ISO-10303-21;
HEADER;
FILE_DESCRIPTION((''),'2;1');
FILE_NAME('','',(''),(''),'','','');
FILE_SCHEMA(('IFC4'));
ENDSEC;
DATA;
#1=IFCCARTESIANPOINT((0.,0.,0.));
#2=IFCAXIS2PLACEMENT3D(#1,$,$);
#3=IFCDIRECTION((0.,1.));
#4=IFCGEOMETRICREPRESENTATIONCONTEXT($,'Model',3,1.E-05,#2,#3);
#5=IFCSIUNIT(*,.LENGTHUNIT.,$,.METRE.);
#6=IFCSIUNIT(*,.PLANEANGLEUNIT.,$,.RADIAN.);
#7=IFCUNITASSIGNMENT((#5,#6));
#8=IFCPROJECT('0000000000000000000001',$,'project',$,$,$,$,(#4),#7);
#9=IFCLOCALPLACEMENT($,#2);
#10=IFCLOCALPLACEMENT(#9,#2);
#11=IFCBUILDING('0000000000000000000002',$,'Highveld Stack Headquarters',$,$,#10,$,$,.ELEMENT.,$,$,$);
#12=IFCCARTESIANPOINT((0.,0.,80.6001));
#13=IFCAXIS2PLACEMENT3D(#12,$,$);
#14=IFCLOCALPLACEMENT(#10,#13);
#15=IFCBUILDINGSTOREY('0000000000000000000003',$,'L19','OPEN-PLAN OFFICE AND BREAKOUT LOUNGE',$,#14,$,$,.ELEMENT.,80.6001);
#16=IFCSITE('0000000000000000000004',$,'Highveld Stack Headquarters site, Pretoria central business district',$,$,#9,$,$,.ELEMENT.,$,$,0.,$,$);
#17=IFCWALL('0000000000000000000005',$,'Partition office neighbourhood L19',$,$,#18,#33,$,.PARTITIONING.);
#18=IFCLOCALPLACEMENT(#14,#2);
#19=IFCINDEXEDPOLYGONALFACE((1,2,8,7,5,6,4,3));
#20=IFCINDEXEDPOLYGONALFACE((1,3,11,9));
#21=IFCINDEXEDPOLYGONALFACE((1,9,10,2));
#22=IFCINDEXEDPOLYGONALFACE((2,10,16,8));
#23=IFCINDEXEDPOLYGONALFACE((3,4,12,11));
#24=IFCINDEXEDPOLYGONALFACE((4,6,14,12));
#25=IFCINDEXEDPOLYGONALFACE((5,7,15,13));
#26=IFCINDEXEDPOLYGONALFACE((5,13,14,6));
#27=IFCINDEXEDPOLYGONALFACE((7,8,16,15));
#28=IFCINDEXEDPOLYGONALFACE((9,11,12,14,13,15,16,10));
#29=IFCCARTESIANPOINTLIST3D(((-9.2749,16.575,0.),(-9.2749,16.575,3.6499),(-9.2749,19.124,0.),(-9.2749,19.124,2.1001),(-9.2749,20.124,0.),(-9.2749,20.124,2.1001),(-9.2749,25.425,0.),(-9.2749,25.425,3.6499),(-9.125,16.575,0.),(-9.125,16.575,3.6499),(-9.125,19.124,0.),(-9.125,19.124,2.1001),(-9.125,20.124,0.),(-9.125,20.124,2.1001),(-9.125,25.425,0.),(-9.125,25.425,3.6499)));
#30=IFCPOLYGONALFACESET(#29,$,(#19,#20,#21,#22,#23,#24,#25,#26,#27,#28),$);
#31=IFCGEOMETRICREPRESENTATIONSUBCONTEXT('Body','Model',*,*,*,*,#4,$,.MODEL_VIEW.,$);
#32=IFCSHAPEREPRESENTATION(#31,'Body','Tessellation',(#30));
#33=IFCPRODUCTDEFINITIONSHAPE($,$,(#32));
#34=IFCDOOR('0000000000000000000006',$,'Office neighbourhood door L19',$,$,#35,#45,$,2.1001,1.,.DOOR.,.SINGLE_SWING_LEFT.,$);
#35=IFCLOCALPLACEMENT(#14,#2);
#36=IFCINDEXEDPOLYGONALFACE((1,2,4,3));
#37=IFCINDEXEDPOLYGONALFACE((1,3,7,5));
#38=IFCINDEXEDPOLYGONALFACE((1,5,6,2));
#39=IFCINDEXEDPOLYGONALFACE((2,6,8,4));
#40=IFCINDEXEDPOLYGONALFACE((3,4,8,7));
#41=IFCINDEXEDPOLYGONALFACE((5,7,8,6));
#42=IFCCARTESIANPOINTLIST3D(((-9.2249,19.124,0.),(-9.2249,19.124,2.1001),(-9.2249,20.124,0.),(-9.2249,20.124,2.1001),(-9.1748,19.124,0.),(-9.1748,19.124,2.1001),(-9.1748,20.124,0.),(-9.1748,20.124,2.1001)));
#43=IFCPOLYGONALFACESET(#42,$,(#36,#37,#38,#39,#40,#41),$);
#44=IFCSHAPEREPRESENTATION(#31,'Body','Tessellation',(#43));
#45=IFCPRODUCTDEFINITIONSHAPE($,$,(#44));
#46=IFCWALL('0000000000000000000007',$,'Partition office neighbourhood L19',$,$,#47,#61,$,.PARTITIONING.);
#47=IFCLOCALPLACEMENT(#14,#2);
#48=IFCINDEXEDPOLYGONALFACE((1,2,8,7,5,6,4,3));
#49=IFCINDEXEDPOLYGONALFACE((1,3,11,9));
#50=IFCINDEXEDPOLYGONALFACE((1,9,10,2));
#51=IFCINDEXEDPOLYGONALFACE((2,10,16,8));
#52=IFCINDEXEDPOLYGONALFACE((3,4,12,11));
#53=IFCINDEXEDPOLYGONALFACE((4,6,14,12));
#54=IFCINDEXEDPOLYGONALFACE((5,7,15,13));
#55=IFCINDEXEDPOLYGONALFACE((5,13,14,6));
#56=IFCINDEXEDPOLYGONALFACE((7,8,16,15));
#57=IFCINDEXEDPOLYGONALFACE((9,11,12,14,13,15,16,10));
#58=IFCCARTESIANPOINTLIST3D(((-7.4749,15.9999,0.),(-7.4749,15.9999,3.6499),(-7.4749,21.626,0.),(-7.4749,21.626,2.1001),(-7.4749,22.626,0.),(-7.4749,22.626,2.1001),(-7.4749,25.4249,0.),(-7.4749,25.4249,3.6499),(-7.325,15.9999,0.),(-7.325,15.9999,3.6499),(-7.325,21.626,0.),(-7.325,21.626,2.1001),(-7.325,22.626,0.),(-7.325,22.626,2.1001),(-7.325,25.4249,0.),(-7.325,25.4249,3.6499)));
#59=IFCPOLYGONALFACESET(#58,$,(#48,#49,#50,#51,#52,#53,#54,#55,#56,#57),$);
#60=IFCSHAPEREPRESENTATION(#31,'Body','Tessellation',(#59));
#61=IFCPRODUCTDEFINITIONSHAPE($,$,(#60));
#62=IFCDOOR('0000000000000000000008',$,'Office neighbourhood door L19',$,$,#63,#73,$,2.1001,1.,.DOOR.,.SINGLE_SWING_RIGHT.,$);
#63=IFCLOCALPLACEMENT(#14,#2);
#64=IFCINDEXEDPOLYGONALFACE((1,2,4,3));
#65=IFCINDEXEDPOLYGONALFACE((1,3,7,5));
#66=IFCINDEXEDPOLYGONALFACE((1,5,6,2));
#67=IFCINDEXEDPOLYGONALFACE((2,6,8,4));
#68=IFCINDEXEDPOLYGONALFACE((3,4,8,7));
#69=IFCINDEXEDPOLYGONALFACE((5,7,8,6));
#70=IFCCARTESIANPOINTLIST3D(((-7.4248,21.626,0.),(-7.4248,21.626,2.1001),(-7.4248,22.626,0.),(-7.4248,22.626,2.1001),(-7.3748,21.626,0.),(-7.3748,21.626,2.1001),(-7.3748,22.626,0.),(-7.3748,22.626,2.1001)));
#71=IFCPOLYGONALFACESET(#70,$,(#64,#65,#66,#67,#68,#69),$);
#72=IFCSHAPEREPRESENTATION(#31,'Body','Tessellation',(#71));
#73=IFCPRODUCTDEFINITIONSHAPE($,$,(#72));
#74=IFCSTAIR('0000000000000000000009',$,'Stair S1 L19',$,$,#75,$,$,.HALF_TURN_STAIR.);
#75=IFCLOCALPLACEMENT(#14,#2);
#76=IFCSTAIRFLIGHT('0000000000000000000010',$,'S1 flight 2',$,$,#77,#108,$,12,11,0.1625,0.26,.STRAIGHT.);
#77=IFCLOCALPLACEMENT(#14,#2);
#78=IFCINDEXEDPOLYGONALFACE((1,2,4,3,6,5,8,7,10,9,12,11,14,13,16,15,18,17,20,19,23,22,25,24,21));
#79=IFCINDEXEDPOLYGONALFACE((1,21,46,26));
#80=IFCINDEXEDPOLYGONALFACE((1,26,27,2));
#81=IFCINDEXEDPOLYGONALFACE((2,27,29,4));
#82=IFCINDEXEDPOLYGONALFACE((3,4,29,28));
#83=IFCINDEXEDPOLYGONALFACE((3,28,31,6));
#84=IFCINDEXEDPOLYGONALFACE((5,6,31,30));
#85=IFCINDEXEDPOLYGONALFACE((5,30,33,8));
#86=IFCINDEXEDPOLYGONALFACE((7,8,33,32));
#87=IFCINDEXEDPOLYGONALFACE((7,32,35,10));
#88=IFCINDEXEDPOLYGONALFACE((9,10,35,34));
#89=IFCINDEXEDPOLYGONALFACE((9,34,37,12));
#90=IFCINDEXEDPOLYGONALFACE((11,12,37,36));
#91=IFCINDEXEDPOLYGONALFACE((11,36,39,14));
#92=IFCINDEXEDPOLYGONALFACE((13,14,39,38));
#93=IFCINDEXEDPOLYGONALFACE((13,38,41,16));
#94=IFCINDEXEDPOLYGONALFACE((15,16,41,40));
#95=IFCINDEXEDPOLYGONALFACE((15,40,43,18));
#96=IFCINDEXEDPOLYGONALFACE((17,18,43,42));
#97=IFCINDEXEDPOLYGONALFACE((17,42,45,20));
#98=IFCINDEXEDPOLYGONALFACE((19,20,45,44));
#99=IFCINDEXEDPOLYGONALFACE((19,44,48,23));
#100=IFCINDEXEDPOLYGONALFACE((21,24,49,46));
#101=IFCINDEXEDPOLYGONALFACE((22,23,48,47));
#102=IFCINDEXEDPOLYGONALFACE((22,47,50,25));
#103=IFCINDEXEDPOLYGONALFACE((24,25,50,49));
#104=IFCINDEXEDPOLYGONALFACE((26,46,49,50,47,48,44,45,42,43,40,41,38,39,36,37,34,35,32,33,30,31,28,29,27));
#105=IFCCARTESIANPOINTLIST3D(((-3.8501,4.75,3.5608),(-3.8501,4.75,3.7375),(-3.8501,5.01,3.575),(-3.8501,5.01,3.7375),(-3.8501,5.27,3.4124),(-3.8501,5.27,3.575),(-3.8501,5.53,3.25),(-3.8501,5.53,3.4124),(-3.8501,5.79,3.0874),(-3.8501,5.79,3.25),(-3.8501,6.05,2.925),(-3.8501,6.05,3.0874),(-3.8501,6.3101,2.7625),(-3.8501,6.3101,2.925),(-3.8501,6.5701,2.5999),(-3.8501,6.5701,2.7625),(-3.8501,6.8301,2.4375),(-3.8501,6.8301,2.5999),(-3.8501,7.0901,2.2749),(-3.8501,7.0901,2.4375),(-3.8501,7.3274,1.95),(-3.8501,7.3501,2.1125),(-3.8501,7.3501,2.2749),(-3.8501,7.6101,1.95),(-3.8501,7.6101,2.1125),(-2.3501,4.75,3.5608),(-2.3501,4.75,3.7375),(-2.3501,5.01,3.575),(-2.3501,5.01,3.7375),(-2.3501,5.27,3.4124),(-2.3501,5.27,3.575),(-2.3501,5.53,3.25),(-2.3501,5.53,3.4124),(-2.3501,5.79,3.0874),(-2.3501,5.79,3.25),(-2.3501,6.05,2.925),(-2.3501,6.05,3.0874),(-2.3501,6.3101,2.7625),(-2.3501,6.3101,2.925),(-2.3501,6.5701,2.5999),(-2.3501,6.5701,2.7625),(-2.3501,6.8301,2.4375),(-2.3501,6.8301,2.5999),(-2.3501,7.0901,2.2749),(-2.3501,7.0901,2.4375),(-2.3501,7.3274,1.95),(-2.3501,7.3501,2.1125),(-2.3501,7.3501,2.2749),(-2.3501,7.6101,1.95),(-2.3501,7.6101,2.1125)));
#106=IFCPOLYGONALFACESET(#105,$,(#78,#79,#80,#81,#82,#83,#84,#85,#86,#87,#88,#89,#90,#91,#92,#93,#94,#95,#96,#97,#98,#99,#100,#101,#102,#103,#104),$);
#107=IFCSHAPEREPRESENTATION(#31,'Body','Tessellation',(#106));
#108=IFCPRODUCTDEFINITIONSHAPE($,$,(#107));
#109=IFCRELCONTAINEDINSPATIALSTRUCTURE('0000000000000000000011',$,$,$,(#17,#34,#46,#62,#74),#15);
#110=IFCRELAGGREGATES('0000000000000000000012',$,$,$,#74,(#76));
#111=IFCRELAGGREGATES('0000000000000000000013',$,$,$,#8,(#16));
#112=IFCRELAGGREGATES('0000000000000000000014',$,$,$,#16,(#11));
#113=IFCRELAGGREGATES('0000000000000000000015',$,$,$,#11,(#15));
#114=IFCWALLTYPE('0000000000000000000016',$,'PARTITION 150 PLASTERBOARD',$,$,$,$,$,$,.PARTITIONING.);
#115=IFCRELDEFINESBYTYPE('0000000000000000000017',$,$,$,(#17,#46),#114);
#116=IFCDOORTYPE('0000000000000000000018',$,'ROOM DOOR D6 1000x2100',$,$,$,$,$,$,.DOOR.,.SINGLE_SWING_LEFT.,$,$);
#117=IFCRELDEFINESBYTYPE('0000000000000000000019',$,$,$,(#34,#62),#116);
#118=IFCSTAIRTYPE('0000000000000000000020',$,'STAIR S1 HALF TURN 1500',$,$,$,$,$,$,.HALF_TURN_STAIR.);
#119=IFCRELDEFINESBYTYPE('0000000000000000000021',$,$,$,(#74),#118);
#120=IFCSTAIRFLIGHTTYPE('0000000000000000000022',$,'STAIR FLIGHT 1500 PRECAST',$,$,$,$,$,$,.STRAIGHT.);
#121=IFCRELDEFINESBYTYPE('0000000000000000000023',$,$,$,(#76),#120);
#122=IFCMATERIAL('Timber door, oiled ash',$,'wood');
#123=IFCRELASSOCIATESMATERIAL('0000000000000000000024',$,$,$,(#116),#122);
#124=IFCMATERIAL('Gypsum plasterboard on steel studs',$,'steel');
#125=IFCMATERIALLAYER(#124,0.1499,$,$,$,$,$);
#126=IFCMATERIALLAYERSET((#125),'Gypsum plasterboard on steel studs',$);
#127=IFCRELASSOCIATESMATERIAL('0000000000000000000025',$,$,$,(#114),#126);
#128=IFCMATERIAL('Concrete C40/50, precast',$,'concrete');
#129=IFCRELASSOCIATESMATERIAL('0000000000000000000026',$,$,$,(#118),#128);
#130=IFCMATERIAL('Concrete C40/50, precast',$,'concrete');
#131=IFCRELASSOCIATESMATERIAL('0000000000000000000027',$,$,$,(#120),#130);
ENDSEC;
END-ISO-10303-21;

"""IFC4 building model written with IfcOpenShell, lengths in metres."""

from ifc_helpers import new_model, si_unit, direction, frame, frame_2d, origin, place, context, subcontext, project, spatial, polyline, rectangle, outline, extrude, material, layer, layer_set, type_object, element, fill, aggregate, save


model = new_model("IFC4")

# Units and contexts
model_context = context("Model", 3, precision=1e-05, world=origin(), true_north=direction((0.0, 1.0)))
body_context = subcontext(model_context, "Body", "Model", "MODEL_VIEW")
ifc_project = project(units=[si_unit("LENGTHUNIT", "METRE"), si_unit("PLANEANGLEUNIT", "RADIAN")], contexts=[model_context])

# Site, building, storey
site_placement = place(None, origin())
site = spatial("IfcSite", under=ifc_project, at=site_placement, Name="Highveld Stack Headquarters site, Pretoria central business district", CompositionType="ELEMENT", RefElevation=0.0)
building_placement = place(site_placement, origin())
building = spatial("IfcBuilding", under=site, at=building_placement, Name="Highveld Stack Headquarters", CompositionType="ELEMENT")
storey_placement = place(building_placement, frame((0.0, 0.0, 80.6001)))
storey = spatial("IfcBuildingStorey", under=building, at=storey_placement, Name="L19", Description="OPEN-PLAN OFFICE AND BREAKOUT LOUNGE", CompositionType="ELEMENT", Elevation=80.6001)

# Shared definitions
ifc_material_1 = material(Name="Timber door, oiled ash", Category="wood")
door_type = type_object("IfcDoorType", Name="ROOM DOOR D6 1000x2100", OperationType="SINGLE_SWING_LEFT", PredefinedType="DOOR", material=ifc_material_1)

# Shared definitions
ifc_material_2 = material(Name="Gypsum plasterboard on steel studs", Category="steel")
ifc_layer_1 = layer(ifc_material_2, 0.1499)
ifc_layer_set_1 = layer_set([ifc_layer_1], Name="Gypsum plasterboard on steel studs")
wall_type_1 = type_object("IfcWallType", Name="PARTITION 150 PLASTERBOARD", PredefinedType="PARTITIONING", material=ifc_layer_set_1)

# Walls, openings, doors
wall_1_placement = place(storey_placement, frame((-9.2, 16.575, 0.0), z_axis=(0.0, 0.0, 1.0), x_axis=(0.0, 1.0, 0.0)))
wall_1 = element("IfcWall", 1, at=wall_1_placement, inside=storey, type_object=wall_type_1, Name="Partition office neighbourhood L19", PredefinedType="PARTITIONING", context=body_context, shape_type="SweptSolid", body=[
    extrude(rectangle(XDim=8.8501, YDim=0.1499, at=frame_2d((4.425, 0.0))), origin(), (0.0, 0.0, 1.0), 3.6499),
])
opening_1_placement = place(wall_1_placement, frame((2.5491, 0.0, 0.0)))
opening_1 = element("IfcOpeningElement", 2, at=opening_1_placement, cuts=wall_1, PredefinedType="OPENING", context=body_context, shape_type="SweptSolid", body=[
    extrude(rectangle(XDim=1.0, YDim=2.1001, at=frame_2d((0.5, 1.05))), frame((0.0, 0.085, 0.0), z_axis=(0.0, -1.0, 0.0), x_axis=(1.0, 0.0, 0.0)), (0.0, 0.0, 1.0), 0.1699),
])
door_1_placement = place(opening_1_placement, origin())
door_1 = element("IfcDoor", 3, at=door_1_placement, inside=storey, type_object=door_type, Name="Office neighbourhood door L19", OperationType="SINGLE_SWING_LEFT", OverallHeight=2.1001, OverallWidth=1.0, PredefinedType="DOOR", context=body_context, shape_type="SweptSolid", body=[
    extrude(rectangle(XDim=1.0, YDim=2.1001, at=frame_2d((0.5, 1.05))), frame((0.0, 0.0249, 0.0), z_axis=(0.0, -1.0, 0.0), x_axis=(1.0, 0.0, 0.0)), (0.0, 0.0, 1.0), 0.05),
])
fill(opening_1, door_1)
wall_2_placement = place(storey_placement, frame((-7.3999, 16.0, 0.0), z_axis=(0.0, 0.0, 1.0), x_axis=(0.0, 1.0, 0.0)))
wall_2 = element("IfcWall", 4, at=wall_2_placement, inside=storey, type_object=wall_type_1, Name="Partition office neighbourhood L19", PredefinedType="PARTITIONING", context=body_context, shape_type="SweptSolid", body=[
    extrude(rectangle(XDim=9.425, YDim=0.1499, at=frame_2d((4.7124, 0.0))), origin(), (0.0, 0.0, 1.0), 3.6499),
])
opening_2_placement = place(wall_2_placement, frame((5.626, 0.0, 0.0)))
opening_2 = element("IfcOpeningElement", 5, at=opening_2_placement, cuts=wall_2, PredefinedType="OPENING", context=body_context, shape_type="SweptSolid", body=[
    extrude(rectangle(XDim=1.0, YDim=2.1001, at=frame_2d((0.5, 1.05))), frame((0.0, 0.085, 0.0), z_axis=(0.0, -1.0, 0.0), x_axis=(1.0, 0.0, 0.0)), (0.0, 0.0, 1.0), 0.1699),
])
door_2_placement = place(opening_2_placement, origin())
door_2 = element("IfcDoor", 6, at=door_2_placement, inside=storey, type_object=door_type, Name="Office neighbourhood door L19", OperationType="SINGLE_SWING_RIGHT", OverallHeight=2.1001, OverallWidth=1.0, PredefinedType="DOOR", context=body_context, shape_type="SweptSolid", body=[
    extrude(rectangle(XDim=1.0, YDim=2.1001, at=frame_2d((0.5, 1.05))), frame((0.0, 0.0249, 0.0), z_axis=(0.0, -1.0, 0.0), x_axis=(1.0, 0.0, 0.0)), (0.0, 0.0, 1.0), 0.05),
])
fill(opening_2, door_2)

# Stair, stair flight
ifc_material_3 = material(Name="Concrete C40/50, precast", Category="concrete")
stair_type = type_object("IfcStairType", Name="STAIR S1 HALF TURN 1500", PredefinedType="HALF_TURN_STAIR", material=ifc_material_3)
stair_placement = place(storey_placement, origin())
stair = element("IfcStair", 7, at=stair_placement, inside=storey, type_object=stair_type, Name="Stair S1 L19", PredefinedType="HALF_TURN_STAIR")
ifc_material_4 = material(Name="Concrete C40/50, precast", Category="concrete")
stair_flight_type = type_object("IfcStairFlightType", Name="STAIR FLIGHT 1500 PRECAST", PredefinedType="STRAIGHT", material=ifc_material_4)
stair_flight_placement = place(storey_placement, frame((-3.1001, 7.6101, 1.95), z_axis=(0.0, 0.0, 1.0), x_axis=(0.0, -1.0, 0.0)))
stair_flight = element("IfcStairFlight", 8, at=stair_flight_placement, type_object=stair_flight_type, Name="S1 flight 2", NumberOfRisers=12, NumberOfTreads=11, PredefinedType="STRAIGHT", RiserHeight=0.1625, TreadLength=0.26, context=body_context, shape_type="SweptSolid", body=[
    extrude(outline(polyline([(0.0, 0.0), (0.0, 0.1626), (0.26, 0.1626), (0.26, 0.325), (0.52, 0.325), (0.52, 0.4875), (0.78, 0.4875), (0.78, 0.6499), (1.04, 0.6499), (1.04, 0.8125), (1.3, 0.8125), (1.3, 0.9751), (1.5601, 0.9751), (1.5601, 1.1375), (1.8201, 1.1375), (1.8201, 1.3), (2.0801, 1.3), (2.0801, 1.4624), (2.3401, 1.4624), (2.3401, 1.625), (2.6001, 1.625), (2.6001, 1.7876), (2.8601, 1.7876), (2.8601, 1.95), (2.8601, 1.6108), (0.2827, 0.0), (0.0, 0.0)])), frame((0.0, 0.75, 0.0), z_axis=(0.0, -1.0, 0.0), x_axis=(1.0, 0.0, 0.0)), (0.0, 0.0, 1.0), 1.5),
])
aggregate(stair, [stair_flight])

save(model, "model.ifc")
